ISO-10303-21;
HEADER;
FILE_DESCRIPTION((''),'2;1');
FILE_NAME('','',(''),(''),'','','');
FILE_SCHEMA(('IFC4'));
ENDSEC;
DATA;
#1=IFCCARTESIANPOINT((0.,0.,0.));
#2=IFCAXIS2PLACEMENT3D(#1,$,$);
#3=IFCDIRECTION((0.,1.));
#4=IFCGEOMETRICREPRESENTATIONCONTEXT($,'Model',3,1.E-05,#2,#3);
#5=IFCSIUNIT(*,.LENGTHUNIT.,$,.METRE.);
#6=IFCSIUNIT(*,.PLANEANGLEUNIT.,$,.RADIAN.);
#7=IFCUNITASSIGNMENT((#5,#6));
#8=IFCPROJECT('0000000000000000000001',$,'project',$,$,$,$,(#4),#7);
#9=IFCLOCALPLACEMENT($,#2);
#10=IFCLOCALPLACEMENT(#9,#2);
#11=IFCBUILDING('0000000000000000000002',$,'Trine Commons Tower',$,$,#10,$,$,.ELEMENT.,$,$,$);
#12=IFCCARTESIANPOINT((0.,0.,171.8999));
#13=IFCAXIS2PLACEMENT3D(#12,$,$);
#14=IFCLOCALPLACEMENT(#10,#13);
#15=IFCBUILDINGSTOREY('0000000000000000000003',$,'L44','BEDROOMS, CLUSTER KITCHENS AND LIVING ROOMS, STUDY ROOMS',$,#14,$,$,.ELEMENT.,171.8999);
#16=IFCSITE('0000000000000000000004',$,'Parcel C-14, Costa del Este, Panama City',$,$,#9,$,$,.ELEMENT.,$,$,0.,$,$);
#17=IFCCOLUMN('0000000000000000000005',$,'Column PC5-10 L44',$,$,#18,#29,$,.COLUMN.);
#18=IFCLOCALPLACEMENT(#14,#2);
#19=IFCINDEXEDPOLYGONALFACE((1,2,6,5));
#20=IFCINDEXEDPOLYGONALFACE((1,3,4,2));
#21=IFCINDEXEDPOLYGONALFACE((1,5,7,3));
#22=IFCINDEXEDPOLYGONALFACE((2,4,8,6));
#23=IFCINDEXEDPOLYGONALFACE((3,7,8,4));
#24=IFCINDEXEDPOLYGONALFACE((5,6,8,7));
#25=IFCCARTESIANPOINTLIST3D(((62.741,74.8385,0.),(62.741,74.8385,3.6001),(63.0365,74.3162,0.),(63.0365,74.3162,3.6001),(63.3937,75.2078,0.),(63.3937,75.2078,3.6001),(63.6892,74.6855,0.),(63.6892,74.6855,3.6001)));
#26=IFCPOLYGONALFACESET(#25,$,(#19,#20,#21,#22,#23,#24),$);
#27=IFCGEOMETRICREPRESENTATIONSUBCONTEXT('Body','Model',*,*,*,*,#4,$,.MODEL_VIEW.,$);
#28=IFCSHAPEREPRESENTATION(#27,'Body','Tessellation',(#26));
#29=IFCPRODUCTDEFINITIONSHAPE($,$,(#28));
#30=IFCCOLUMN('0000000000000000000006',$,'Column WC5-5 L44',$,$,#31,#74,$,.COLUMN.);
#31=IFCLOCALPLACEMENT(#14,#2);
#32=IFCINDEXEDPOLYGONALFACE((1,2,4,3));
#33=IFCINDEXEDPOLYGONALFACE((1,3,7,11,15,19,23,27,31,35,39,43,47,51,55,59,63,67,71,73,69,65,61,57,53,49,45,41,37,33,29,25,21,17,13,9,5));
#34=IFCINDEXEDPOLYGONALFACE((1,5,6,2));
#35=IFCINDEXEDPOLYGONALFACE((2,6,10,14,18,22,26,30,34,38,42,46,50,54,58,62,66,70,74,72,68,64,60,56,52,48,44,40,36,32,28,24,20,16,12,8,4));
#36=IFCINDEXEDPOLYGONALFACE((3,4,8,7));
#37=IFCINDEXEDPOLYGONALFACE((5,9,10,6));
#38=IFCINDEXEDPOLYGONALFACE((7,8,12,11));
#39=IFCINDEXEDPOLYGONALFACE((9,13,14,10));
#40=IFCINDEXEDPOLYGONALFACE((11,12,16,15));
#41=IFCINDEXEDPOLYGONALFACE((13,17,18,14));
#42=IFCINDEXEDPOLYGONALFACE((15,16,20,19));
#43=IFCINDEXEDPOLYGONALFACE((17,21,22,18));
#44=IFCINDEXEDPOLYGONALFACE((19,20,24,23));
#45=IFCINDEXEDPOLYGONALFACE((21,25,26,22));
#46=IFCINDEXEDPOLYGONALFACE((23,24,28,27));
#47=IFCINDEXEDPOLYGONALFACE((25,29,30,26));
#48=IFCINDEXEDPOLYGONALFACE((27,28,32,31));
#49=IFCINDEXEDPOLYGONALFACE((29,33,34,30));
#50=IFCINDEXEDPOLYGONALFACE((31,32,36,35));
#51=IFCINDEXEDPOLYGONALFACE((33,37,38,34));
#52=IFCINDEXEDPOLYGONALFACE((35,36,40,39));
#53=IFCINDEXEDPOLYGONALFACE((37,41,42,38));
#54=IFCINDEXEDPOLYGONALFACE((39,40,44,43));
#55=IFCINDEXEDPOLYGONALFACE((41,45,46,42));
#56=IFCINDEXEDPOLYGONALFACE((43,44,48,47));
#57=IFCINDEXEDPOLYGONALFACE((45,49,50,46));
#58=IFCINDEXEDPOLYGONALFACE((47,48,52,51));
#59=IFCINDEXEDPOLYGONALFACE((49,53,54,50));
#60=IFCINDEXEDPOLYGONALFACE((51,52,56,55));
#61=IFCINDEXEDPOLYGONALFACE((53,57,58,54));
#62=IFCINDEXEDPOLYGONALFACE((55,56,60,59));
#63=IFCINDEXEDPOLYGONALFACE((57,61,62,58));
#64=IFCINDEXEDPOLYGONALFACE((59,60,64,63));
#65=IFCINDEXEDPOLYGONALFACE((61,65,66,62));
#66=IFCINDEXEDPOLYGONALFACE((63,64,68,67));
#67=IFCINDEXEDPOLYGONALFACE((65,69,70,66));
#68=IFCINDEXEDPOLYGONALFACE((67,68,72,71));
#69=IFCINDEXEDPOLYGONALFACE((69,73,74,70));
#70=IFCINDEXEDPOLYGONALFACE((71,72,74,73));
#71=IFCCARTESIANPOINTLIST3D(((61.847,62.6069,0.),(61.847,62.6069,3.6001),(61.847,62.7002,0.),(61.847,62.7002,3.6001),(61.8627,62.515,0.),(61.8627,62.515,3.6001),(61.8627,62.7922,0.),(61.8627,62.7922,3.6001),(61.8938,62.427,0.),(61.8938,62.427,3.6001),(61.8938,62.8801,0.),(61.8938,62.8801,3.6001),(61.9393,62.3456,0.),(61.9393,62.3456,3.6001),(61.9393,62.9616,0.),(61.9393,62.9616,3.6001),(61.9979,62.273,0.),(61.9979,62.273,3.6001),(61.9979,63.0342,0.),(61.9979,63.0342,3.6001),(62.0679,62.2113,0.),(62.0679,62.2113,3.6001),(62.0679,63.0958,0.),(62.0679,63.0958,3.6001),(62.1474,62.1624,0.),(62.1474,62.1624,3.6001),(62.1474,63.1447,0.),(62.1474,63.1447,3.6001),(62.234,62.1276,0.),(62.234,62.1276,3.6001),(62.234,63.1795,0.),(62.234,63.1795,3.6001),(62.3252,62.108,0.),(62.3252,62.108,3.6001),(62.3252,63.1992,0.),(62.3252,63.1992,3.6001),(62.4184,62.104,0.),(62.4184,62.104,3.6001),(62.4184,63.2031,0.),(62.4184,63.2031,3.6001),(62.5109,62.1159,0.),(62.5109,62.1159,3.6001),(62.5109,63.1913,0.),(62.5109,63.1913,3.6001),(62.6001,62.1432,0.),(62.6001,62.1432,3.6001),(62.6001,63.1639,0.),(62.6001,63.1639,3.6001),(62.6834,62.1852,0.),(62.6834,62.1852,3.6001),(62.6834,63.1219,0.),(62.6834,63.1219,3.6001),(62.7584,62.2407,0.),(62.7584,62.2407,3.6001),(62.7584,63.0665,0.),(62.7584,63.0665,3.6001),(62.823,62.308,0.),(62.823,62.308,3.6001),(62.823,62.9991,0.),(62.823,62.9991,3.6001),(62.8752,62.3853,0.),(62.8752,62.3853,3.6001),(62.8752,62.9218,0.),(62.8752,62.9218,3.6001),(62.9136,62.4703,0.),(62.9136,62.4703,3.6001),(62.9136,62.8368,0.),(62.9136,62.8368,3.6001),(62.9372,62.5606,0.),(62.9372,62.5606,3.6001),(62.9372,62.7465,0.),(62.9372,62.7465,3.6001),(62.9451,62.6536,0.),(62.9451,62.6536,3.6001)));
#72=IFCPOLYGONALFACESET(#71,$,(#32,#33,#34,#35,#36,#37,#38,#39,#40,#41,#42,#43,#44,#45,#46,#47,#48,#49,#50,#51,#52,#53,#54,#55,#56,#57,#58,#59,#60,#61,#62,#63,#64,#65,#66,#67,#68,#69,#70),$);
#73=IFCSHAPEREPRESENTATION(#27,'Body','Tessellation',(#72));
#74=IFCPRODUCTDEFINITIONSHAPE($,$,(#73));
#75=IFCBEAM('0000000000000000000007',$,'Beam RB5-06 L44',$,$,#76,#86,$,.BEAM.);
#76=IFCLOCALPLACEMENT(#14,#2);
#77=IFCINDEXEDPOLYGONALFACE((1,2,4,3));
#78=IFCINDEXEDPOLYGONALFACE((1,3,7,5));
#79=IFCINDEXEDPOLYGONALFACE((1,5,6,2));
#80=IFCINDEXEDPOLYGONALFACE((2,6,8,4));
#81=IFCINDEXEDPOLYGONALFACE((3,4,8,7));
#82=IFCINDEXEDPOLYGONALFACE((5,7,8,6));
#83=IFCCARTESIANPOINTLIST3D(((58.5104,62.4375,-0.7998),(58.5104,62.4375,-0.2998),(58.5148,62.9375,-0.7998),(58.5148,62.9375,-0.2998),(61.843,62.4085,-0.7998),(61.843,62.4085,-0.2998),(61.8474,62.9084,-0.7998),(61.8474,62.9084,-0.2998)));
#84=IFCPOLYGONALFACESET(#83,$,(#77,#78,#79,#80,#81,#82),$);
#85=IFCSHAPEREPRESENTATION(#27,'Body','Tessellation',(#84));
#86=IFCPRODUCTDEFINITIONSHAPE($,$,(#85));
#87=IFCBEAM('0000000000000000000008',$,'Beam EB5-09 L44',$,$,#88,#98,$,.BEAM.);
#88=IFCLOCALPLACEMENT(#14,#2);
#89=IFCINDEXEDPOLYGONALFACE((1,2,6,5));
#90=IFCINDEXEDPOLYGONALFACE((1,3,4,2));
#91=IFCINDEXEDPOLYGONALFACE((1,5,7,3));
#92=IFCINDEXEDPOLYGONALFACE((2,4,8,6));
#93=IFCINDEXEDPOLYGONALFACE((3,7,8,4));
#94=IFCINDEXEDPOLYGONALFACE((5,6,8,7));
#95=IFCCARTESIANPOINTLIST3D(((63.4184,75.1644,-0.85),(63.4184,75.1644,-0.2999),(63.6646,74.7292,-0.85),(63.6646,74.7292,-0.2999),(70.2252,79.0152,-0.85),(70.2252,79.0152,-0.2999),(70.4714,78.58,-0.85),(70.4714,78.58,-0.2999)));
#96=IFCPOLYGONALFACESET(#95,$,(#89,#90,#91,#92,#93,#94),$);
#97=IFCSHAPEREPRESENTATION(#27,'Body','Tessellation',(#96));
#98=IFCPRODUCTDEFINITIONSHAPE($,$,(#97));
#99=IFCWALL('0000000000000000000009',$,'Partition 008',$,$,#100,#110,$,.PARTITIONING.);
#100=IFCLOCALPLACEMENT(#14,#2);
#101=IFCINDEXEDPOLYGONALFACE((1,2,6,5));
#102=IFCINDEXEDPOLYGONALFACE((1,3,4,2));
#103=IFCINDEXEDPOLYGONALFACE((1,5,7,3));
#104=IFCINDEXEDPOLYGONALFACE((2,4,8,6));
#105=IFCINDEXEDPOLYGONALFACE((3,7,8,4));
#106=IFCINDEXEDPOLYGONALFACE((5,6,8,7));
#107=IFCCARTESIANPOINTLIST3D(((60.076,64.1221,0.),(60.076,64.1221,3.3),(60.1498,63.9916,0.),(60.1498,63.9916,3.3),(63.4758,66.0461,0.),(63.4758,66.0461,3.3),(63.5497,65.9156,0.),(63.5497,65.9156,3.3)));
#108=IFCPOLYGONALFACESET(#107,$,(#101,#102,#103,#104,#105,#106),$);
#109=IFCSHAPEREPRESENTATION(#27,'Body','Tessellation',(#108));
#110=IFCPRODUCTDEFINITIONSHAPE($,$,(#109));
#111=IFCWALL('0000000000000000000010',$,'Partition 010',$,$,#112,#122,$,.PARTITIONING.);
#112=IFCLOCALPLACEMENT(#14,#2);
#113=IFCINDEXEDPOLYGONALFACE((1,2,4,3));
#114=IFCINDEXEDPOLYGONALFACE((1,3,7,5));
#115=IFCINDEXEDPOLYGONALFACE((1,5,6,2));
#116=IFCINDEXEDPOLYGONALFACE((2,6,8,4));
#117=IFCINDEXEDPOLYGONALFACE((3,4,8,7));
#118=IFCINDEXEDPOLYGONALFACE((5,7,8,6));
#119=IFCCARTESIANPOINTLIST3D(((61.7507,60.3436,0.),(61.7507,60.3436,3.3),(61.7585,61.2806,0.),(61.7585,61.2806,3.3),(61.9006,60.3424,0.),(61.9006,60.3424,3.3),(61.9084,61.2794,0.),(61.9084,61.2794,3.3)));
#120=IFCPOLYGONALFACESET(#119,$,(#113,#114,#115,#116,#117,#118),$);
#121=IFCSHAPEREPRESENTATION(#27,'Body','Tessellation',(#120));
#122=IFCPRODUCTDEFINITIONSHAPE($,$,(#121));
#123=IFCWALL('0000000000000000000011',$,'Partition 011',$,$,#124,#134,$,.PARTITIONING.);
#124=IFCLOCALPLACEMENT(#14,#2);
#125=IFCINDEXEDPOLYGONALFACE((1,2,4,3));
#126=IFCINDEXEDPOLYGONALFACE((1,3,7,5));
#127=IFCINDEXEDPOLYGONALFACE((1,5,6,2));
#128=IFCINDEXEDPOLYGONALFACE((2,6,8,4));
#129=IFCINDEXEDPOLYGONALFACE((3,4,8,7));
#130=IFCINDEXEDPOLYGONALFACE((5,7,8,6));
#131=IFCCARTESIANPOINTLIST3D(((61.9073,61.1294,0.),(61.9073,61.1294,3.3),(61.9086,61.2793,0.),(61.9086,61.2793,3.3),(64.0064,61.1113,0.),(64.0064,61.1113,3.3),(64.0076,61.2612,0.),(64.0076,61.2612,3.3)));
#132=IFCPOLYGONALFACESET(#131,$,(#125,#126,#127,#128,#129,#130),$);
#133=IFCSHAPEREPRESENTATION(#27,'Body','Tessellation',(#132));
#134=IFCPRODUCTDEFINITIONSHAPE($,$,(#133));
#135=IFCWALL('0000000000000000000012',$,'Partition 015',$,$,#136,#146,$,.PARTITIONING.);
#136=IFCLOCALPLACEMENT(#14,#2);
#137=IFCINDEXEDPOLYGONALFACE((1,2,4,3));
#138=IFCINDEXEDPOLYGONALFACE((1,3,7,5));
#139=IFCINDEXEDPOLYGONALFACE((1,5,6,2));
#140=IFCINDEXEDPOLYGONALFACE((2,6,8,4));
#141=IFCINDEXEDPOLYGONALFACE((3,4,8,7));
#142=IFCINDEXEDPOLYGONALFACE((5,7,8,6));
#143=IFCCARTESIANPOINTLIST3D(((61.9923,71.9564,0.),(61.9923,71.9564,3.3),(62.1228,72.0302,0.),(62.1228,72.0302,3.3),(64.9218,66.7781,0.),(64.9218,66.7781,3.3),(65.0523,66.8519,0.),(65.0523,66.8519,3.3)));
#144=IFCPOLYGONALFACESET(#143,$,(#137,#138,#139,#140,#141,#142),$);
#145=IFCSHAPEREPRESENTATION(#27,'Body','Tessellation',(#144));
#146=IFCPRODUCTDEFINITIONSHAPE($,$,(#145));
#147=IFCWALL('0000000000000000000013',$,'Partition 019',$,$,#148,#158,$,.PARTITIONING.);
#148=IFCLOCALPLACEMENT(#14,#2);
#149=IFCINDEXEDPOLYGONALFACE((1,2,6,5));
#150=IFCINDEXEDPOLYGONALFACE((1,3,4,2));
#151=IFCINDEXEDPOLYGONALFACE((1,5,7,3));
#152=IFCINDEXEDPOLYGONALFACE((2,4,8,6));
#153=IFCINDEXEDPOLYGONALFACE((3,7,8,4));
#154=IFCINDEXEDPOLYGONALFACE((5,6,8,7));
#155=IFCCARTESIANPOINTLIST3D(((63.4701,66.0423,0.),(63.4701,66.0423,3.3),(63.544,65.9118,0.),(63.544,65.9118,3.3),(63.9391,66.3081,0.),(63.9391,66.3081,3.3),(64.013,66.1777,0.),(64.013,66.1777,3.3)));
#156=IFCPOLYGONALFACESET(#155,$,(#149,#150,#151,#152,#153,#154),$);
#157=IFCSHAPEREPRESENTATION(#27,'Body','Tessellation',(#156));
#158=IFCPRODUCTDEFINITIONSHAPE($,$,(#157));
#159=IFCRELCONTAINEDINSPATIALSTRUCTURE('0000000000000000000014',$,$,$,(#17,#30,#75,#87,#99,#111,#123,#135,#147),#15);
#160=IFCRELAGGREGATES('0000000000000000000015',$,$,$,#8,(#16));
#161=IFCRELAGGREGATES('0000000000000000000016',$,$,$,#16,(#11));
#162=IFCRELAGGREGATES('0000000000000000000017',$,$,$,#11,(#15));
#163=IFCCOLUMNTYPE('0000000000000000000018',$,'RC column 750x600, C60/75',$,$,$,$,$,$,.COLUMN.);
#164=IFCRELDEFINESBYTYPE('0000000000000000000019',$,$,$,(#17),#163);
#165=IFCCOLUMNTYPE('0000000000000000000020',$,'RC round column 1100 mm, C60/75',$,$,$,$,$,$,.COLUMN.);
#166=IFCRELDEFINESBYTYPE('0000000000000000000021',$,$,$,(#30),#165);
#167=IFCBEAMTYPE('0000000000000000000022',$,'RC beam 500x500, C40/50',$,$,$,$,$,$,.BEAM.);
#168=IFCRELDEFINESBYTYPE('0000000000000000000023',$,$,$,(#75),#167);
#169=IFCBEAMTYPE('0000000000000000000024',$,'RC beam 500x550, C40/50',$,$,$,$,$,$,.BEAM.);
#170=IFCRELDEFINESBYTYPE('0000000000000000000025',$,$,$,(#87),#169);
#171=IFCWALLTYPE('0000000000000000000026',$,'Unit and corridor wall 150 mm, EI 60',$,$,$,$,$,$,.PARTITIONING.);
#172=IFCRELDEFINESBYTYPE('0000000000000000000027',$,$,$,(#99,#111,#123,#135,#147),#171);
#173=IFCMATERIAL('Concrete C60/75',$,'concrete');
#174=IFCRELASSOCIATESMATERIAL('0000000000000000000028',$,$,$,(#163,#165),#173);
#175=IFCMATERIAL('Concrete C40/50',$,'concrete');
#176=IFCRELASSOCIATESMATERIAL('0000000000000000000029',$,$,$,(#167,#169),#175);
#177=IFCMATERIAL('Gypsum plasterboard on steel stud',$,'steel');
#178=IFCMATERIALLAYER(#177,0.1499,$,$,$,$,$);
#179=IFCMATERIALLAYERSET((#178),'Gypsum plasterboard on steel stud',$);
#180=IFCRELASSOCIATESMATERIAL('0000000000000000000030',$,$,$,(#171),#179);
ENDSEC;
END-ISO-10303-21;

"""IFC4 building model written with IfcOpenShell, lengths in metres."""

from ifc_helpers import new_model, si_unit, direction, frame, frame_2d, origin, origin_2d, place, context, subcontext, project, spatial, rectangle, circle, extrude, material, layer, layer_set, material_profile, profile_set, type_object, element, save


model = new_model("IFC4")

# Units and contexts
model_context = context("Model", 3, precision=1e-05, world=origin(), true_north=direction((0.0, 1.0)))
body_context = subcontext(model_context, "Body", "Model", "MODEL_VIEW")
ifc_project = project(units=[si_unit("LENGTHUNIT", "METRE"), si_unit("PLANEANGLEUNIT", "RADIAN")], contexts=[model_context])

# Site, building, storey
site_placement = place(None, origin())
site = spatial("IfcSite", under=ifc_project, at=site_placement, Name="Parcel C-14, Costa del Este, Panama City", CompositionType="ELEMENT", RefElevation=0.0)
building_placement = place(site_placement, origin())
building = spatial("IfcBuilding", under=site, at=building_placement, Name="Trine Commons Tower", CompositionType="ELEMENT")
storey_placement = place(building_placement, frame((0.0, 0.0, 171.8999)))
storey = spatial("IfcBuildingStorey", under=building, at=storey_placement, Name="L44", Description="BEDROOMS, CLUSTER KITCHENS AND LIVING ROOMS, STUDY ROOMS", CompositionType="ELEMENT", Elevation=171.8999)

# Columns
ifc_material_1 = material(Name="Concrete C60/75", Category="concrete")
ifc_material_profile_1 = material_profile(ifc_material_1, rectangle(XDim=0.75, YDim=0.6001, at=origin_2d()), Name="RC 750x600")
ifc_profile_set_1 = profile_set([ifc_material_profile_1], Name="Concrete C60/75")
column_type_1 = type_object("IfcColumnType", Name="RC column 750x600, C60/75", PredefinedType="COLUMN", material=ifc_profile_set_1)
column_1_placement = place(storey_placement, frame((63.2151, 74.762, 0.0), z_axis=(0.0, 0.0, 1.0), x_axis=(0.870356, 0.492424, 0.0)))
element("IfcColumn", 1, at=column_1_placement, inside=storey, type_object=column_type_1, Name="Column PC5-10 L44", PredefinedType="COLUMN", context=body_context, shape_type="SweptSolid", body=[
    extrude(rectangle(XDim=0.75, YDim=0.6001, at=origin_2d()), origin(), (0.0, 0.0, 1.0), 3.6001),
])
ifc_material_profile_2 = material_profile(ifc_material_1, circle(Radius=0.55, at=origin_2d()), Name="RC round 1100")
ifc_profile_set_2 = profile_set([ifc_material_profile_2], Name="Concrete C60/75")
column_type_2 = type_object("IfcColumnType", Name="RC round column 1100 mm, C60/75", PredefinedType="COLUMN", material=ifc_profile_set_2)
column_2_placement = place(storey_placement, frame((62.395, 62.6536, 0.0), z_axis=(0.0, 0.0, 1.0), x_axis=(1.0, 0.0, 0.0)))
element("IfcColumn", 2, at=column_2_placement, inside=storey, type_object=column_type_2, Name="Column WC5-5 L44", PredefinedType="COLUMN", context=body_context, shape_type="SweptSolid", body=[
    extrude(circle(Radius=0.55, at=origin_2d()), origin(), (0.0, 0.0, 1.0), 3.6001),
])

# Beams
ifc_material_2 = material(Name="Concrete C40/50", Category="concrete")
ifc_material_profile_3 = material_profile(ifc_material_2, rectangle(XDim=0.5, YDim=0.5, at=origin_2d()), Name="RC 500x500")
ifc_profile_set_3 = profile_set([ifc_material_profile_3], Name="Concrete C40/50")
beam_type_1 = type_object("IfcBeamType", Name="RC beam 500x500, C40/50", PredefinedType="BEAM", material=ifc_profile_set_3)
beam_1_placement = place(storey_placement, frame((61.8452, 62.6584, -0.5498), z_axis=(-0.999962, 0.008718, 0.0), x_axis=(-0.008718, -0.999962, 0.0)))
element("IfcBeam", 3, at=beam_1_placement, inside=storey, type_object=beam_type_1, Name="Beam RB5-06 L44", PredefinedType="BEAM", context=body_context, shape_type="SweptSolid", body=[
    extrude(rectangle(XDim=0.5, YDim=0.5, at=origin_2d()), origin(), (0.0, 0.0, 1.0), 3.3328),
])
ifc_material_profile_4 = material_profile(ifc_material_2, rectangle(XDim=0.5, YDim=0.55, at=origin_2d()), Name="RC 500x550")
ifc_profile_set_4 = profile_set([ifc_material_profile_4], Name="Concrete C40/50")
beam_type_2 = type_object("IfcBeamType", Name="RC beam 500x550, C40/50", PredefinedType="BEAM", material=ifc_profile_set_4)
beam_2_placement = place(storey_placement, frame((63.5415, 74.9468, -0.575), z_axis=(0.870373, 0.492393, 0.0), x_axis=(-0.492393, 0.870373, 0.0)))
element("IfcBeam", 4, at=beam_2_placement, inside=storey, type_object=beam_type_2, Name="Beam EB5-09 L44", PredefinedType="BEAM", context=body_context, shape_type="SweptSolid", body=[
    extrude(rectangle(XDim=0.5, YDim=0.55, at=origin_2d()), origin(), (0.0, 0.0, 1.0), 7.8206),
])

# Walls
ifc_material_3 = material(Name="Gypsum plasterboard on steel stud", Category="steel")
ifc_layer_1 = layer(ifc_material_3, 0.1499)
ifc_layer_set_1 = layer_set([ifc_layer_1], Name="Gypsum plasterboard on steel stud")
wall_type_1 = type_object("IfcWallType", Name="Unit and corridor wall 150 mm, EI 60", PredefinedType="PARTITIONING", material=ifc_layer_set_1)
wall_1_placement = place(storey_placement, frame((60.113, 64.0569, 0.0), z_axis=(0.0, 0.0, 1.0), x_axis=(0.870301, 0.492521, 0.0)))
element("IfcWall", 5, at=wall_1_placement, inside=storey, type_object=wall_type_1, Name="Partition 008", PredefinedType="PARTITIONING", context=body_context, shape_type="SweptSolid", body=[
    extrude(rectangle(XDim=3.9065, YDim=0.1499, at=frame_2d((1.9531, 0.0))), origin(), (0.0, 0.0, 1.0), 3.3),
])
wall_2_placement = place(storey_placement, frame((61.8257, 60.343, 0.0), z_axis=(0.0, 0.0, 1.0), x_axis=(0.008337, 0.999965, 0.0)))
element("IfcWall", 6, at=wall_2_placement, inside=storey, type_object=wall_type_1, Name="Partition 010", PredefinedType="PARTITIONING", context=body_context, shape_type="SweptSolid", body=[
    extrude(rectangle(XDim=0.937, YDim=0.1499, at=frame_2d((0.4685, 0.0))), origin(), (0.0, 0.0, 1.0), 3.3),
])
wall_3_placement = place(storey_placement, frame((61.908, 61.2043, 0.0), z_axis=(0.0, 0.0, 1.0), x_axis=(0.999963, -0.008606, 0.0)))
element("IfcWall", 7, at=wall_3_placement, inside=storey, type_object=wall_type_1, Name="Partition 011", PredefinedType="PARTITIONING", context=body_context, shape_type="SweptSolid", body=[
    extrude(rectangle(XDim=2.0991, YDim=0.1499, at=frame_2d((1.0496, 0.0))), origin(), (0.0, 0.0, 1.0), 3.3),
])
wall_4_placement = place(storey_placement, frame((62.0576, 71.9932, 0.0), z_axis=(0.0, 0.0, 1.0), x_axis=(0.492391, -0.870374, 0.0)))
element("IfcWall", 8, at=wall_4_placement, inside=storey, type_object=wall_type_1, Name="Partition 015", PredefinedType="PARTITIONING", context=body_context, shape_type="SweptSolid", body=[
    extrude(rectangle(XDim=5.9495, YDim=0.1499, at=frame_2d((2.9746, 0.0))), origin(), (0.0, 0.0, 1.0), 3.3),
])
wall_5_placement = place(storey_placement, frame((63.5071, 65.9771, 0.0), z_axis=(0.0, 0.0, 1.0), x_axis=(0.869938, 0.493161, 0.0)))
element("IfcWall", 9, at=wall_5_placement, inside=storey, type_object=wall_type_1, Name="Partition 019", PredefinedType="PARTITIONING", context=body_context, shape_type="SweptSolid", body=[
    extrude(rectangle(XDim=0.5391, YDim=0.1499, at=frame_2d((0.2695, 0.0))), origin(), (0.0, 0.0, 1.0), 3.3),
])

save(model, "model.ifc")
